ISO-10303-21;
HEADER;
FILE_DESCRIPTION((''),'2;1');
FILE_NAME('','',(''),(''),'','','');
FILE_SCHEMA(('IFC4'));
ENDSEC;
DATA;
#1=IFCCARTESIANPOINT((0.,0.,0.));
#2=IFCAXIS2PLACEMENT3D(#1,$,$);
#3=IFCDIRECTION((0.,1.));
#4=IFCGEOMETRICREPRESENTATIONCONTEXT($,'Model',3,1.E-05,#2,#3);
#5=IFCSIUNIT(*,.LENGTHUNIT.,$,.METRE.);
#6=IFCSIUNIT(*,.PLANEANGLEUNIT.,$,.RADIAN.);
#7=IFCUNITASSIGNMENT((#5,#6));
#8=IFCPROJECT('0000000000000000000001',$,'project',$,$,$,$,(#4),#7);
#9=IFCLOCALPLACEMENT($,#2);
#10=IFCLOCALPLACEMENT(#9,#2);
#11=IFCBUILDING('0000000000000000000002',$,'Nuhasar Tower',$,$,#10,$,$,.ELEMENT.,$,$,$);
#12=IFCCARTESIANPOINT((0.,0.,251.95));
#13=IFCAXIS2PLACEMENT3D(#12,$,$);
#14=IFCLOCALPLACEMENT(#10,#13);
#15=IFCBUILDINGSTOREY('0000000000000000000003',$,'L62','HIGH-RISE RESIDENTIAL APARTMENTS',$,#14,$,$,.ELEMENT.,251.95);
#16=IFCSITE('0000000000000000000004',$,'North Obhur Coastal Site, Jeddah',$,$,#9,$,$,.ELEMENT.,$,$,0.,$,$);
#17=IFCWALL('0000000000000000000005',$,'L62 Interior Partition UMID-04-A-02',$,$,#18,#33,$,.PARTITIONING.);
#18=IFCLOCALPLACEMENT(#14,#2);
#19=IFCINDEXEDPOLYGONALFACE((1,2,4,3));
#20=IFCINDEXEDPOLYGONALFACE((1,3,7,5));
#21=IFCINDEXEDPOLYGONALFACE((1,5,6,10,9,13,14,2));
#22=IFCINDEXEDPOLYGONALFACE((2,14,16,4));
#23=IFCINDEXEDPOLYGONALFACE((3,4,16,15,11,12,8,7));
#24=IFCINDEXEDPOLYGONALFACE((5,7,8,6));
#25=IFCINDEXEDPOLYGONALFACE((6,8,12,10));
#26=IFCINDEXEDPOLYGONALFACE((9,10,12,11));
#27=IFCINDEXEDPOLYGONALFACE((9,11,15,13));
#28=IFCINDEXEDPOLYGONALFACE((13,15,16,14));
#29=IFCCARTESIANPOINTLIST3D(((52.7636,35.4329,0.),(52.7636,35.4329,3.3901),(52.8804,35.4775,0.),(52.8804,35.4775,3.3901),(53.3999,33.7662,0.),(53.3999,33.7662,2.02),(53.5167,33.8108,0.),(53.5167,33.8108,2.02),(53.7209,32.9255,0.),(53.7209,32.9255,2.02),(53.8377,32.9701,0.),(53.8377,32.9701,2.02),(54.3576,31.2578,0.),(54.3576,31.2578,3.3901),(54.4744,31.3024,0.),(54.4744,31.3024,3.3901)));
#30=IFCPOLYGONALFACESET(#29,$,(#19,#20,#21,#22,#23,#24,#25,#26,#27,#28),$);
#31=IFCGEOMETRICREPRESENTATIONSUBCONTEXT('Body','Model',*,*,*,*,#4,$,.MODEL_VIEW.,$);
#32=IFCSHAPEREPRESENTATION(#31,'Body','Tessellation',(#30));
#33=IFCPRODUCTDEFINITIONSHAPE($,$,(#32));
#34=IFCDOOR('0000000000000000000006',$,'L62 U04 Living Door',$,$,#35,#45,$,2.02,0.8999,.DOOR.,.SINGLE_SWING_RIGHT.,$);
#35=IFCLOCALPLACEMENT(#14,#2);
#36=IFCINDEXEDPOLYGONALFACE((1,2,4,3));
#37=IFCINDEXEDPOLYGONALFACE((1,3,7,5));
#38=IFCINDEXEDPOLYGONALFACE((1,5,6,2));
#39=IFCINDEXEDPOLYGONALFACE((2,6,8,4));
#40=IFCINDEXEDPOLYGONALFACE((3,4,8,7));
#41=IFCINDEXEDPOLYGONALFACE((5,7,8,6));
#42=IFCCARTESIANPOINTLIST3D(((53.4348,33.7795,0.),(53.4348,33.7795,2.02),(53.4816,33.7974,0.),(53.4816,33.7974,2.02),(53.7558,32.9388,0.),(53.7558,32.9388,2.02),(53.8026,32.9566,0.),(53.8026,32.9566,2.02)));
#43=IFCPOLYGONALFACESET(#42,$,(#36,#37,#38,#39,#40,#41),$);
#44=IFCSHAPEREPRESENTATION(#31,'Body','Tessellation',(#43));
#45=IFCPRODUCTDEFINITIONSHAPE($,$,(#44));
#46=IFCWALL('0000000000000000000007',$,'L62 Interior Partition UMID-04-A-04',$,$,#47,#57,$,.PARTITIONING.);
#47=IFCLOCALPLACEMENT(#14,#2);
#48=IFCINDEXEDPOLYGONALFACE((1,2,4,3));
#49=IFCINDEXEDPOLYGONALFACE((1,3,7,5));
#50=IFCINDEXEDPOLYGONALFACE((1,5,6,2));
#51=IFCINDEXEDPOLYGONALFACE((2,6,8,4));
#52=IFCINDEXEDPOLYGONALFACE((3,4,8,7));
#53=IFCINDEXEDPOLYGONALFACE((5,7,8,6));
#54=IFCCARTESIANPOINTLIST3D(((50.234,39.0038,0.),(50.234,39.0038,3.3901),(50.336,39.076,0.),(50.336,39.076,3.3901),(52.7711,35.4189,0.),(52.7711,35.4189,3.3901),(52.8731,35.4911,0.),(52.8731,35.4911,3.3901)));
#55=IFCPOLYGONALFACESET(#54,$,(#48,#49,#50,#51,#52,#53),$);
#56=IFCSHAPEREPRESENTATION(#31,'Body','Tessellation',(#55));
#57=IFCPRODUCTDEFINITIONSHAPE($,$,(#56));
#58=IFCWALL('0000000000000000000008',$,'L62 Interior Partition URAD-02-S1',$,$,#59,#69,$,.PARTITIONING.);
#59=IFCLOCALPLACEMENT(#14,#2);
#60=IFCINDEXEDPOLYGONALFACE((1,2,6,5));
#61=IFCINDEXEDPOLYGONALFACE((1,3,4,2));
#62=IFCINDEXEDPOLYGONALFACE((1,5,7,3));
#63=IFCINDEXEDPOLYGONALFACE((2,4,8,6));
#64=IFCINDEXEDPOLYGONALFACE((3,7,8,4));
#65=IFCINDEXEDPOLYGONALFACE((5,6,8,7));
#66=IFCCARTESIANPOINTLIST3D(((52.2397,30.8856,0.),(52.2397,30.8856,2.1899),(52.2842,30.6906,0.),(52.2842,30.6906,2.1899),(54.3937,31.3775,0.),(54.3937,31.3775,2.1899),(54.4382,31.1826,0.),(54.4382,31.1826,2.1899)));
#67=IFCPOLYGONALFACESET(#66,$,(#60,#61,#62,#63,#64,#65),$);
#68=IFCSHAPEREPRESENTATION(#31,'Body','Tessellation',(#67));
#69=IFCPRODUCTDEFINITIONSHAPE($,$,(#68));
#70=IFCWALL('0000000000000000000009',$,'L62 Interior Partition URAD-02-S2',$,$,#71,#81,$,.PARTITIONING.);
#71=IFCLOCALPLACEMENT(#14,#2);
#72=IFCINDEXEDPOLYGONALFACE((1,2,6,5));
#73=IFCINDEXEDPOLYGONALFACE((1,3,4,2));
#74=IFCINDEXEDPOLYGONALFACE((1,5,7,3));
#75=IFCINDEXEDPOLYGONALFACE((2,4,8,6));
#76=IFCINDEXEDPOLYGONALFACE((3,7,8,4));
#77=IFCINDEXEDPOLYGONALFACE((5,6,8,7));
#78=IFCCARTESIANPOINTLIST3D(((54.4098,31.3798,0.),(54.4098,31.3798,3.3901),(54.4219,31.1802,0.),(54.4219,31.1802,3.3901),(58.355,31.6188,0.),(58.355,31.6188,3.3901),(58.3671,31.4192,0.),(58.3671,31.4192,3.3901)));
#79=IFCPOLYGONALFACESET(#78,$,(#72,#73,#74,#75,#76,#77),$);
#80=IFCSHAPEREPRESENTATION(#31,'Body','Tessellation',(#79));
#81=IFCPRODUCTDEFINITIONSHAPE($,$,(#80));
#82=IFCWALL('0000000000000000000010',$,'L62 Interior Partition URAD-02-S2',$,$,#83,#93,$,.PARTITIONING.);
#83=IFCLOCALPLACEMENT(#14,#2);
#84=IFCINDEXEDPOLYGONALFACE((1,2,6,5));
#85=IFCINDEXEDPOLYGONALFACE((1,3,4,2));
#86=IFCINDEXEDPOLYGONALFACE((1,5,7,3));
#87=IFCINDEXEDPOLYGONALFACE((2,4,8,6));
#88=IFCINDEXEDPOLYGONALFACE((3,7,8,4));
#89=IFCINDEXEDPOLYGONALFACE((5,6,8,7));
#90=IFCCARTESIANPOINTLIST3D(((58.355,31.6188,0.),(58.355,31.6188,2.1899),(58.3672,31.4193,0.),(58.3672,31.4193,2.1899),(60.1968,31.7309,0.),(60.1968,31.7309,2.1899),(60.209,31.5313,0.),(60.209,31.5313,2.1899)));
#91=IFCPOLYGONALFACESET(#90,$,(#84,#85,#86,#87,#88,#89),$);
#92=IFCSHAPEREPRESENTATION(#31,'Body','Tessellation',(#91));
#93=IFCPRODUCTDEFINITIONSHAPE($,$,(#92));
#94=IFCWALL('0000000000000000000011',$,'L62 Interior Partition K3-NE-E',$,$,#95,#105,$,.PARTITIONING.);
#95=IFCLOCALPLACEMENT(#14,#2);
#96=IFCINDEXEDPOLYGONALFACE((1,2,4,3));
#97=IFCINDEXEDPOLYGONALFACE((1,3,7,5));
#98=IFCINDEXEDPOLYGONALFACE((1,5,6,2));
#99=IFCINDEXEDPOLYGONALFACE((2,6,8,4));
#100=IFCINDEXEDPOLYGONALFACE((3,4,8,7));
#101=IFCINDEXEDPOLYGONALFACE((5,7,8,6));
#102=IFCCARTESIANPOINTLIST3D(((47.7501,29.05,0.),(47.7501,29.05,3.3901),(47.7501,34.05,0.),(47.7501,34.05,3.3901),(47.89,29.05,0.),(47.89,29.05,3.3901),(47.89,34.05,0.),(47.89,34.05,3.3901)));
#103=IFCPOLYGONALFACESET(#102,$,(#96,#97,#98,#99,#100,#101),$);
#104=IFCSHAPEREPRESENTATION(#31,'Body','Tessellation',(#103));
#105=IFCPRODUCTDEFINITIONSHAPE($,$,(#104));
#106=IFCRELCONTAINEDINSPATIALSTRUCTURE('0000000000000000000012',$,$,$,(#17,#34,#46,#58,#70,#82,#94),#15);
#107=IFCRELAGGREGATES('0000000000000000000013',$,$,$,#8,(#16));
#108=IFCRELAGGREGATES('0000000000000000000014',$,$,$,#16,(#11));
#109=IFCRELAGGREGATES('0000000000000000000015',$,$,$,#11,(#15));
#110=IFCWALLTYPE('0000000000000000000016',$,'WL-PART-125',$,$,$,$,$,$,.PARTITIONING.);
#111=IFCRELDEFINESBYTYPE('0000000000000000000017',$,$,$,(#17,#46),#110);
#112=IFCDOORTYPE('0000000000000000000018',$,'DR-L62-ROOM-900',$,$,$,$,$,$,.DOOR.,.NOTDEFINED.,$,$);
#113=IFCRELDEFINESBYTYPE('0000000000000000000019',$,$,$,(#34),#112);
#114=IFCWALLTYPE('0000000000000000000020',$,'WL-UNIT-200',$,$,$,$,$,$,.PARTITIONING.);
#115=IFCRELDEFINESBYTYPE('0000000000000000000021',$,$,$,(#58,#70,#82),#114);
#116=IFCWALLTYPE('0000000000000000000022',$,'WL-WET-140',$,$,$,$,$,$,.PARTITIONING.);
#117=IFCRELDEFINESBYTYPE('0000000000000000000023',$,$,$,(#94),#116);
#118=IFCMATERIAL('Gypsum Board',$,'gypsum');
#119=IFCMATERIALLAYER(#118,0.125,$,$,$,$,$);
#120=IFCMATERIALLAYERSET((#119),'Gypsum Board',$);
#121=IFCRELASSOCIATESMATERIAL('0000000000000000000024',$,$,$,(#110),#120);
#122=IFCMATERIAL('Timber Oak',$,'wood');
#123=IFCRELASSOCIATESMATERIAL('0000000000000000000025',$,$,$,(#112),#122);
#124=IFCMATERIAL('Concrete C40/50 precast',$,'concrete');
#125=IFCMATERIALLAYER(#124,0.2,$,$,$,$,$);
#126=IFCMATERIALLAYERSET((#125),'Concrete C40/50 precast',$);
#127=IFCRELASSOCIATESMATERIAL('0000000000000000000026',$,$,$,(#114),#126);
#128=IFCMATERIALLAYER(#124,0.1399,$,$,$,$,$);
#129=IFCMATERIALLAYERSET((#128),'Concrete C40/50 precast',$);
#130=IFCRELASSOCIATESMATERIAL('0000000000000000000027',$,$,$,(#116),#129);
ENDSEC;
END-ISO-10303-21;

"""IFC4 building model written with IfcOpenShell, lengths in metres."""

from ifc_helpers import new_model, si_unit, direction, frame, frame_2d, origin, place, context, subcontext, project, spatial, rectangle, extrude, material, layer, layer_set, type_object, element, fill, save


model = new_model("IFC4")

# Units and contexts
model_context = context("Model", 3, precision=1e-05, world=origin(), true_north=direction((0.0, 1.0)))
body_context = subcontext(model_context, "Body", "Model", "MODEL_VIEW")
ifc_project = project(units=[si_unit("LENGTHUNIT", "METRE"), si_unit("PLANEANGLEUNIT", "RADIAN")], contexts=[model_context])

# Site, building, storey
site_placement = place(None, origin())
site = spatial("IfcSite", under=ifc_project, at=site_placement, Name="North Obhur Coastal Site, Jeddah", CompositionType="ELEMENT", RefElevation=0.0)
building_placement = place(site_placement, origin())
building = spatial("IfcBuilding", under=site, at=building_placement, Name="Nuhasar Tower", CompositionType="ELEMENT")
storey_placement = place(building_placement, frame((0.0, 0.0, 251.95)))
storey = spatial("IfcBuildingStorey", under=building, at=storey_placement, Name="L62", Description="HIGH-RISE RESIDENTIAL APARTMENTS", CompositionType="ELEMENT", Elevation=251.95)

# Shared definitions
ifc_material_1 = material(Name="Gypsum Board", Category="gypsum")
ifc_material_2 = material(Name="Timber Oak", Category="wood")

# Wall, opening, door
ifc_layer_1 = layer(ifc_material_1, 0.125)
ifc_layer_set_1 = layer_set([ifc_layer_1], Name="Gypsum Board")
wall_type_1 = type_object("IfcWallType", Name="WL-PART-125", PredefinedType="PARTITIONING", material=ifc_layer_set_1)
wall_1_placement = place(storey_placement, frame((52.822, 35.4551, 0.0), z_axis=(0.0, 0.0, 1.0), x_axis=(0.356679, -0.934227, 0.0)))
wall_1 = element("IfcWall", 1, at=wall_1_placement, inside=storey, type_object=wall_type_1, Name="L62 Interior Partition UMID-04-A-02", PredefinedType="PARTITIONING", context=body_context, shape_type="SweptSolid", body=[
    extrude(rectangle(XDim=4.469, YDim=0.125, at=frame_2d((2.2344, 0.0))), origin(), (0.0, 0.0, 1.0), 3.3901),
])
opening_1_placement = place(wall_1_placement, frame((1.7839, 0.0, 0.0)))
opening_1 = element("IfcOpeningElement", 2, at=opening_1_placement, cuts=wall_1, PredefinedType="OPENING", context=body_context, shape_type="SweptSolid", body=[
    extrude(rectangle(XDim=0.8999, YDim=2.02, at=frame_2d((0.45, 1.01))), frame((0.0, 0.0725, 0.0), z_axis=(0.0, -1.0, 0.0), x_axis=(1.0, 0.0, 0.0)), (0.0, 0.0, 1.0), 0.145),
])
door_type_1 = type_object("IfcDoorType", Name="DR-L62-ROOM-900", OperationType="NOTDEFINED", PredefinedType="DOOR", material=ifc_material_2)
door_1_placement = place(opening_1_placement, origin())
door_1 = element("IfcDoor", 3, at=door_1_placement, inside=storey, type_object=door_type_1, Name="L62 U04 Living Door", OperationType="SINGLE_SWING_RIGHT", OverallHeight=2.02, OverallWidth=0.8999, PredefinedType="DOOR", context=body_context, shape_type="SweptSolid", body=[
    extrude(rectangle(XDim=0.8999, YDim=2.02, at=frame_2d((0.45, 1.01))), frame((0.0, 0.0249, 0.0), z_axis=(0.0, -1.0, 0.0), x_axis=(1.0, 0.0, 0.0)), (0.0, 0.0, 1.0), 0.05),
])
fill(opening_1, door_1)

# Walls
wall_2_placement = place(storey_placement, frame((52.822, 35.4551, 0.0), z_axis=(0.0, 0.0, 1.0), x_axis=(-0.577678, 0.816265, 0.0)))
element("IfcWall", 4, at=wall_2_placement, inside=storey, type_object=wall_type_1, Name="L62 Interior Partition UMID-04-A-04", PredefinedType="PARTITIONING", context=body_context, shape_type="SweptSolid", body=[
    extrude(rectangle(XDim=4.3918, YDim=0.125, at=frame_2d((2.1958, 0.0))), origin(), (0.0, 0.0, 1.0), 3.3901),
])
ifc_material_3 = material(Name="Concrete C40/50 precast", Category="concrete")
ifc_layer_2 = layer(ifc_material_3, 0.2)
ifc_layer_set_2 = layer_set([ifc_layer_2], Name="Concrete C40/50 precast")
wall_type_2 = type_object("IfcWallType", Name="WL-UNIT-200", PredefinedType="PARTITIONING", material=ifc_layer_set_2)
wall_3_placement = place(storey_placement, frame((52.262, 30.7881, 0.0), z_axis=(0.0, 0.0, 1.0), x_axis=(0.974899, 0.222648, 0.0)))
element("IfcWall", 5, at=wall_3_placement, inside=storey, type_object=wall_type_2, Name="L62 Interior Partition URAD-02-S1", PredefinedType="PARTITIONING", context=body_context, shape_type="SweptSolid", body=[
    extrude(rectangle(XDim=2.2095, YDim=0.2, at=frame_2d((1.1047, 0.0))), origin(), (0.0, 0.0, 1.0), 2.1899),
])
wall_4_placement = place(storey_placement, frame((54.416, 31.28, 0.0), z_axis=(0.0, 0.0, 1.0), x_axis=(0.99817, 0.060475, 0.0)))
element("IfcWall", 6, at=wall_4_placement, inside=storey, type_object=wall_type_2, Name="L62 Interior Partition URAD-02-S2", PredefinedType="PARTITIONING", context=body_context, shape_type="SweptSolid", body=[
    extrude(rectangle(XDim=3.9524, YDim=0.2, at=frame_2d((1.9761, 0.0))), origin(), (0.0, 0.0, 1.0), 3.3901),
])
wall_5_placement = place(storey_placement, frame((58.3611, 31.519, 0.0), z_axis=(0.0, 0.0, 1.0), x_axis=(0.998154, 0.060731, 0.0)))
element("IfcWall", 7, at=wall_5_placement, inside=storey, type_object=wall_type_2, Name="L62 Interior Partition URAD-02-S2", PredefinedType="PARTITIONING", context=body_context, shape_type="SweptSolid", body=[
    extrude(rectangle(XDim=1.8452, YDim=0.2, at=frame_2d((0.9226, 0.0))), origin(), (0.0, 0.0, 1.0), 2.1899),
])
ifc_layer_3 = layer(ifc_material_3, 0.1399)
ifc_layer_set_3 = layer_set([ifc_layer_3], Name="Concrete C40/50 precast")
wall_type_3 = type_object("IfcWallType", Name="WL-WET-140", PredefinedType="PARTITIONING", material=ifc_layer_set_3)
wall_6_placement = place(storey_placement, frame((47.8201, 29.05, 0.0), z_axis=(0.0, 0.0, 1.0), x_axis=(0.0, 1.0, 0.0)))
element("IfcWall", 8, at=wall_6_placement, inside=storey, type_object=wall_type_3, Name="L62 Interior Partition K3-NE-E", PredefinedType="PARTITIONING", context=body_context, shape_type="SweptSolid", body=[
    extrude(rectangle(XDim=5.0, YDim=0.1399, at=frame_2d((2.5, 0.0))), origin(), (0.0, 0.0, 1.0), 3.3901),
])

save(model, "model.ifc")
